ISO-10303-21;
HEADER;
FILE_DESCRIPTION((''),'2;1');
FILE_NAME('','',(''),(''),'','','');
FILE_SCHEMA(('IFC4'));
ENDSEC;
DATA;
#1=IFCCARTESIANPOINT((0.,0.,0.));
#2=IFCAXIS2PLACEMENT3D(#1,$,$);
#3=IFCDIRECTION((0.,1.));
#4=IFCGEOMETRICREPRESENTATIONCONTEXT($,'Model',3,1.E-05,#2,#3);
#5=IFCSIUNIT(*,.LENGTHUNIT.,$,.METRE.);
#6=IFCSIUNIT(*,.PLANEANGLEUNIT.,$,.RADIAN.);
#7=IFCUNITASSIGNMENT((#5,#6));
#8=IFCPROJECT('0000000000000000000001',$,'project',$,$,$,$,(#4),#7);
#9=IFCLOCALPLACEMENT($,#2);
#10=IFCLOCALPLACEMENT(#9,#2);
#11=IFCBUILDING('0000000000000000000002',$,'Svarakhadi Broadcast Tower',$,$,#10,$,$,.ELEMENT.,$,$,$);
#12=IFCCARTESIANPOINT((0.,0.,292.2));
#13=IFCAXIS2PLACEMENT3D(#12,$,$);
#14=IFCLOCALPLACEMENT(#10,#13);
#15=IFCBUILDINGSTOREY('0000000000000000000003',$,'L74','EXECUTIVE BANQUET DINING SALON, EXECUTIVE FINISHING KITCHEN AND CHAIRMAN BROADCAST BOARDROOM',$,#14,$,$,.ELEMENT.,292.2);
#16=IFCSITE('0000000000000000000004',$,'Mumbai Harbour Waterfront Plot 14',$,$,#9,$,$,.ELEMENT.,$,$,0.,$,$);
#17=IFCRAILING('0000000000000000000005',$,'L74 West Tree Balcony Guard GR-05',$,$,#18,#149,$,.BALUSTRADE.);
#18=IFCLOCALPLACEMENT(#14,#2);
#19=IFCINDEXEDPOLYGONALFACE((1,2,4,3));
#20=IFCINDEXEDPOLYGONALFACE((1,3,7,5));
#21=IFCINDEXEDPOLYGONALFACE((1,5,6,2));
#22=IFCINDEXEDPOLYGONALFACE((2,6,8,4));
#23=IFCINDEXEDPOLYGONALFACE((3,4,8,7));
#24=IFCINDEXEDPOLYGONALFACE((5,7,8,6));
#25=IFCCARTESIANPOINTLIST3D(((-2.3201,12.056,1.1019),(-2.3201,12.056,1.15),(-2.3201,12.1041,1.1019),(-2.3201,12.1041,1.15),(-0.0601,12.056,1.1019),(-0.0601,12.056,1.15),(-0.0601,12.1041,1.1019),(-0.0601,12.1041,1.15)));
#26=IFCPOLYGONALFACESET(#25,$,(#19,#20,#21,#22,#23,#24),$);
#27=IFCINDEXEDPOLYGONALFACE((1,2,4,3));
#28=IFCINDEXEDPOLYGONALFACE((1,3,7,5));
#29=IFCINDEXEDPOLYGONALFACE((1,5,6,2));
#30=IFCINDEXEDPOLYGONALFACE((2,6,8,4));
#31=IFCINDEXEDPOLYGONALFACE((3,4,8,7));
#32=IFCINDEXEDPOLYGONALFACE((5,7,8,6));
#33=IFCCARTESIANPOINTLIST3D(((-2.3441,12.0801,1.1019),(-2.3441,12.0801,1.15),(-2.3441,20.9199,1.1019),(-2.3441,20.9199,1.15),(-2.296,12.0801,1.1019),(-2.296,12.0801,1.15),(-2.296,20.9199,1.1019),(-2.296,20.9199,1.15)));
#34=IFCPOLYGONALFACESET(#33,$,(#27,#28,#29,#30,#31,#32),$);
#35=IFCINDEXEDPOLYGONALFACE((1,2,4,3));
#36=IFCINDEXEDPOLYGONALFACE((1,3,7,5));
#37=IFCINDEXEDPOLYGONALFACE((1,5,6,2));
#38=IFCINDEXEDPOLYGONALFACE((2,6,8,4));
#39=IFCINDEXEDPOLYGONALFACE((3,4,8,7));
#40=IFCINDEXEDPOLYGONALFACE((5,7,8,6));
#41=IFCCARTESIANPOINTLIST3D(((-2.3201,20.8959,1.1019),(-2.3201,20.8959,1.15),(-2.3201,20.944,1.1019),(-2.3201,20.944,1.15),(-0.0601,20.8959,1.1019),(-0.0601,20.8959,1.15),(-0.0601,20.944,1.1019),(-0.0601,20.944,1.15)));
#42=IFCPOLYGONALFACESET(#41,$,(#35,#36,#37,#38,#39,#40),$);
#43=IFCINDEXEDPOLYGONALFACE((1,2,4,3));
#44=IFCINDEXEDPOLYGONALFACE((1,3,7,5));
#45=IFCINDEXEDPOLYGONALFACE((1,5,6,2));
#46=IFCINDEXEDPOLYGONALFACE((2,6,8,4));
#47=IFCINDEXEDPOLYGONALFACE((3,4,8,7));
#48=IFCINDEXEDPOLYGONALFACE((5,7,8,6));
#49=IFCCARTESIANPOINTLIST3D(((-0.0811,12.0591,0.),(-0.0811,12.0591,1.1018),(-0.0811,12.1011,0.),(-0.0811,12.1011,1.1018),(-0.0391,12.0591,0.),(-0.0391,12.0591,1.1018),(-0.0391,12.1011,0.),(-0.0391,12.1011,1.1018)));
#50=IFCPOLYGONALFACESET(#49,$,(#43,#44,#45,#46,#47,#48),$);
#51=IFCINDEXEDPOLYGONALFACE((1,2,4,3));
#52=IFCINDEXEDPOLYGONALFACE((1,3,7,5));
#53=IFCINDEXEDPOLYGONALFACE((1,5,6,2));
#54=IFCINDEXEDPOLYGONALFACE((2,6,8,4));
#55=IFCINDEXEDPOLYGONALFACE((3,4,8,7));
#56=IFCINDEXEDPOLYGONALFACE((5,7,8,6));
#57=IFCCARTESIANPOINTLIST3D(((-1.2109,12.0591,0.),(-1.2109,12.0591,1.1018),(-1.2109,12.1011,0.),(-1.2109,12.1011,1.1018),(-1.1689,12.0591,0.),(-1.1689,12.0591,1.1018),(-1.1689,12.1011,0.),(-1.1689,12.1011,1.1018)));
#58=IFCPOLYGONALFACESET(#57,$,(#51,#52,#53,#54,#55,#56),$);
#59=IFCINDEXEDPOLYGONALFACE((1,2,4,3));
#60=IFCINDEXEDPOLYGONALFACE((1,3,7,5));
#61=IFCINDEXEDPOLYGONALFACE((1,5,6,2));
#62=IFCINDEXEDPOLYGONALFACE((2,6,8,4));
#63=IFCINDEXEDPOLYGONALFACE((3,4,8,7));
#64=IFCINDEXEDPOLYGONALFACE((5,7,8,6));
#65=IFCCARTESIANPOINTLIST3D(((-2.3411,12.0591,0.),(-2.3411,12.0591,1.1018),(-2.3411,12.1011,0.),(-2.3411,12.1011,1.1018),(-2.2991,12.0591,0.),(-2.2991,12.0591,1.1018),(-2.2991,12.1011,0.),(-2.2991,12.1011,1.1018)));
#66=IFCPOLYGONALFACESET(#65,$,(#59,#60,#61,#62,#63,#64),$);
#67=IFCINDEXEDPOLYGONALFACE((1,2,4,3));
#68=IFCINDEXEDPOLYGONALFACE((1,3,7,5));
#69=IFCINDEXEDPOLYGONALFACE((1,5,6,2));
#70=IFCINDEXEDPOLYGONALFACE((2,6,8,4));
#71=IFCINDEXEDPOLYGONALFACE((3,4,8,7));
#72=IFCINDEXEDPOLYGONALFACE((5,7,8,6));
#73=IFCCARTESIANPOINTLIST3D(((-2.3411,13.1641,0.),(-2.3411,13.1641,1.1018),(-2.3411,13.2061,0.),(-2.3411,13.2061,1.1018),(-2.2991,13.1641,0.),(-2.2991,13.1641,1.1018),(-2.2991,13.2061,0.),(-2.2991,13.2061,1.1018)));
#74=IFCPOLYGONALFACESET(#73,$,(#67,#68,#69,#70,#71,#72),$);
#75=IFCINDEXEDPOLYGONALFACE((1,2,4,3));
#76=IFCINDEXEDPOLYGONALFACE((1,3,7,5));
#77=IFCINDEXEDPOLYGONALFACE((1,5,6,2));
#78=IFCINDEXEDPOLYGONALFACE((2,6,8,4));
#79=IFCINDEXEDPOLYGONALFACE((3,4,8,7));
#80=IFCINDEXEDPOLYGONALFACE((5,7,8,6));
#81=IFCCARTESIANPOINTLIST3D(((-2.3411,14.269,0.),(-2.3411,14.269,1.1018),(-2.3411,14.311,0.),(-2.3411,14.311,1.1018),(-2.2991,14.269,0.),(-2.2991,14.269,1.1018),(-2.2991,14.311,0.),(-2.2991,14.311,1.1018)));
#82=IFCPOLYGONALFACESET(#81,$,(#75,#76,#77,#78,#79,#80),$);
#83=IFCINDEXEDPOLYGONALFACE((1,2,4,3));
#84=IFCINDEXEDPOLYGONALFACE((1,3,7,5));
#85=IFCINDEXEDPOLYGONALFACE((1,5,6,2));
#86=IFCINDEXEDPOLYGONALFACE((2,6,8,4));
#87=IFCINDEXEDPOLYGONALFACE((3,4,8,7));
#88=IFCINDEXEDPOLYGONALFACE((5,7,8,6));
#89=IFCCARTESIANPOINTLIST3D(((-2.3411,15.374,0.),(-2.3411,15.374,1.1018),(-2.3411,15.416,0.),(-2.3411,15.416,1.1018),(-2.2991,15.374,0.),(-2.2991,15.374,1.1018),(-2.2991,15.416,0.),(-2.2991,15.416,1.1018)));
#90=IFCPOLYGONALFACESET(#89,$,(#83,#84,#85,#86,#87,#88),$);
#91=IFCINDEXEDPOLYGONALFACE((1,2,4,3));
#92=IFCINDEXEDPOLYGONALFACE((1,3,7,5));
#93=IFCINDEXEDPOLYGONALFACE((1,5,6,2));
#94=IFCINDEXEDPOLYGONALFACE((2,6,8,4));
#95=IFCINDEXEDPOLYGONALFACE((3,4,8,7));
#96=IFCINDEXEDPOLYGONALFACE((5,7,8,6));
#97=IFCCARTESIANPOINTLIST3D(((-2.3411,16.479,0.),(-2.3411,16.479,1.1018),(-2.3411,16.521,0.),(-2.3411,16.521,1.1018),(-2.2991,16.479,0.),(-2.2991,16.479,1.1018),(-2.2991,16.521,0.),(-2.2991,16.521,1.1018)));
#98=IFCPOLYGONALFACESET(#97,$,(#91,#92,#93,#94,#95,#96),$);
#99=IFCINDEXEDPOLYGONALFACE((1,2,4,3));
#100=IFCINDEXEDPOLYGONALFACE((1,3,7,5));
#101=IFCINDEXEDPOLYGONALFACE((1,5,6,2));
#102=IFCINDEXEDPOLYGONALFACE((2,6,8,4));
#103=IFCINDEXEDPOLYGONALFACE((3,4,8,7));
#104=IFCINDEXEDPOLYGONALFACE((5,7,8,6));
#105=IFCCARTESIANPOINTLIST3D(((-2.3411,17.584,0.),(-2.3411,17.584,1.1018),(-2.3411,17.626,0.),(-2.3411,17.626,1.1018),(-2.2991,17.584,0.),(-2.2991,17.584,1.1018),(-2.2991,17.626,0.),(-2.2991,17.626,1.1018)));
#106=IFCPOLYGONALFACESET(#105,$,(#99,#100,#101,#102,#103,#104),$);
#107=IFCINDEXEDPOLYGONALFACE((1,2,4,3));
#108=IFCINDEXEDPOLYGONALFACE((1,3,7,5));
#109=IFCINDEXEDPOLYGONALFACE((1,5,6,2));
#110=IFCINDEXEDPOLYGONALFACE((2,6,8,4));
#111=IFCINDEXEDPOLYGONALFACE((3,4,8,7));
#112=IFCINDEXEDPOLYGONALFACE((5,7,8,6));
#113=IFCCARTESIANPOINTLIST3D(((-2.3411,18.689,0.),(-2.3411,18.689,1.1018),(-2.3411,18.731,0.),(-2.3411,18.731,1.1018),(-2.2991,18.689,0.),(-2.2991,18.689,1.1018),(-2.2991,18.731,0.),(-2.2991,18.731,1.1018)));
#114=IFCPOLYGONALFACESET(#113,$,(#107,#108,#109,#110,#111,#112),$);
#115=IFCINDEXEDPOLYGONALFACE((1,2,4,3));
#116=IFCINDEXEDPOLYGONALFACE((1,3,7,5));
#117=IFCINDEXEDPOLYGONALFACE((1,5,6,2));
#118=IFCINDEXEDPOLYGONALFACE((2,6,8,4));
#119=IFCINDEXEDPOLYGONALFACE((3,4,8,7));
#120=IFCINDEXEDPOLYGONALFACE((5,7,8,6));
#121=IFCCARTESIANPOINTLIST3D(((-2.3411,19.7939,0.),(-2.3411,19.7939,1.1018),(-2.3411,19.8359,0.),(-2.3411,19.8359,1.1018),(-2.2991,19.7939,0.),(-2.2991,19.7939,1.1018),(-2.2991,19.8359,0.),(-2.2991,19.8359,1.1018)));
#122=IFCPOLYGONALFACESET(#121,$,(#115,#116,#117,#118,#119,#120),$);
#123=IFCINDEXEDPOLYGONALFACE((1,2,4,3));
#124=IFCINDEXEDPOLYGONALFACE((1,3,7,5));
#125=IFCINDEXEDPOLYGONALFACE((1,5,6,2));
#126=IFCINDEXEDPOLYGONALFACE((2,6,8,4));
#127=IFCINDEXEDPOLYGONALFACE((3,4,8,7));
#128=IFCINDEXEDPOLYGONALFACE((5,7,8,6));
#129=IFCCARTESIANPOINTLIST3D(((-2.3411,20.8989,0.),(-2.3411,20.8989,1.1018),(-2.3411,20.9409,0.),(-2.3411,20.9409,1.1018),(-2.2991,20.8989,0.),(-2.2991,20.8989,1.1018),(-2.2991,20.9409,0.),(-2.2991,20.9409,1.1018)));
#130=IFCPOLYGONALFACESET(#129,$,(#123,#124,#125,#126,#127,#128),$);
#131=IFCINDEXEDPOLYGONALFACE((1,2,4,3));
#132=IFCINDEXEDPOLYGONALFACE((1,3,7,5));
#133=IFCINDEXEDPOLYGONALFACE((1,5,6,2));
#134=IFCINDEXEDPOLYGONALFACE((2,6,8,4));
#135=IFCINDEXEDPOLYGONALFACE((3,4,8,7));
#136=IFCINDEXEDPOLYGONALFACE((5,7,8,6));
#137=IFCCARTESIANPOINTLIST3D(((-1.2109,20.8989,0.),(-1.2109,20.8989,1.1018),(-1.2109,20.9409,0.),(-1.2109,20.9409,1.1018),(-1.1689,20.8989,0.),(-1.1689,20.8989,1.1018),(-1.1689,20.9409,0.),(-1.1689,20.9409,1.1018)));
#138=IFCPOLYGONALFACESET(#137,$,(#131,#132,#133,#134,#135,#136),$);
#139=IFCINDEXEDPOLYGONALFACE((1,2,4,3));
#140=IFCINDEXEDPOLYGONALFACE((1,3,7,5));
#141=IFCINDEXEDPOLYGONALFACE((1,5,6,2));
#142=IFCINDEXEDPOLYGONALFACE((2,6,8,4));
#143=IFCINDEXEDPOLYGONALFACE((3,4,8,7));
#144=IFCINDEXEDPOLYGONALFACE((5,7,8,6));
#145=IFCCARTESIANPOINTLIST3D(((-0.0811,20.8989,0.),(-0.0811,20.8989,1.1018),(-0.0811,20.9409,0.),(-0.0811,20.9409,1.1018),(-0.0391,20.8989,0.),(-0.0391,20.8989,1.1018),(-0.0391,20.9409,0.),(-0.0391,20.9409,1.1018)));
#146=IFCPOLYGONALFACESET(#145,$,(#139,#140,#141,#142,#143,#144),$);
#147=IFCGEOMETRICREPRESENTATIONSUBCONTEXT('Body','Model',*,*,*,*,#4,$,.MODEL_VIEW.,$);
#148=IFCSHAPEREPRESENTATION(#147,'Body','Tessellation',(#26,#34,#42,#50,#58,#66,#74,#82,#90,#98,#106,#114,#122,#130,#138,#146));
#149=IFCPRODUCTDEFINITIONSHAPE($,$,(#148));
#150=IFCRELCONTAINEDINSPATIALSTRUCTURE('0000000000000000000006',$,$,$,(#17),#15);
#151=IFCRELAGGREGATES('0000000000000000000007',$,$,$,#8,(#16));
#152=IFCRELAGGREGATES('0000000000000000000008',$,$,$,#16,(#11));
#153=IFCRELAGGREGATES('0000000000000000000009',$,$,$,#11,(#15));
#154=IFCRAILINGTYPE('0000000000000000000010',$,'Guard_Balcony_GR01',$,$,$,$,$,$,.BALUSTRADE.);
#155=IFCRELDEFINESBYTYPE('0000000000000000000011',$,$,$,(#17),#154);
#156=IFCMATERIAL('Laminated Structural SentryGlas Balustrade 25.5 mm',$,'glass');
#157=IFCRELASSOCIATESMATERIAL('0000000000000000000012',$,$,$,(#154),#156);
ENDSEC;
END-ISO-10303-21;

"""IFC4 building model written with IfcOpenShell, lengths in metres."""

from ifc_helpers import new_model, si_unit, direction, frame, origin, origin_2d, place, context, subcontext, project, spatial, rectangle, extrude, material, type_object, element, save


model = new_model("IFC4")

# Units and contexts
model_context = context("Model", 3, precision=1e-05, world=origin(), true_north=direction((0.0, 1.0)))
body_context = subcontext(model_context, "Body", "Model", "MODEL_VIEW")
ifc_project = project(units=[si_unit("LENGTHUNIT", "METRE"), si_unit("PLANEANGLEUNIT", "RADIAN")], contexts=[model_context])

# Site, building, storey
site_placement = place(None, origin())
site = spatial("IfcSite", under=ifc_project, at=site_placement, Name="Mumbai Harbour Waterfront Plot 14", CompositionType="ELEMENT", RefElevation=0.0)
building_placement = place(site_placement, origin())
building = spatial("IfcBuilding", under=site, at=building_placement, Name="Svarakhadi Broadcast Tower", CompositionType="ELEMENT")
storey_placement = place(building_placement, frame((0.0, 0.0, 292.2)))
storey = spatial("IfcBuildingStorey", under=building, at=storey_placement, Name="L74", Description="EXECUTIVE BANQUET DINING SALON, EXECUTIVE FINISHING KITCHEN AND CHAIRMAN BROADCAST BOARDROOM", CompositionType="ELEMENT", Elevation=292.2)

# Railing
ifc_material_1 = material(Name="Laminated Structural SentryGlas Balustrade 25.5 mm", Category="glass")
railing_type = type_object("IfcRailingType", Name="Guard_Balcony_GR01", PredefinedType="BALUSTRADE", material=ifc_material_1)
railing_placement = place(storey_placement, frame((-0.0601, 12.0801, 0.0)))
element("IfcRailing", 1, at=railing_placement, inside=storey, type_object=railing_type, Name="L74 West Tree Balcony Guard GR-05", PredefinedType="BALUSTRADE", context=body_context, shape_type="SweptSolid", body=[
    extrude(rectangle(XDim=0.0481, YDim=0.0481, at=origin_2d()), frame((0.0, 0.0, 1.126), z_axis=(-1.0, 0.0, 0.0), x_axis=(0.0, -1.0, 0.0)), (0.0, 0.0, 1.0), 2.26),
    extrude(rectangle(XDim=0.0481, YDim=0.0481, at=origin_2d()), frame((-2.26, 0.0, 1.126), z_axis=(0.0, 1.0, 0.0), x_axis=(-1.0, 0.0, 0.0)), (0.0, 0.0, 1.0), 8.8398),
    extrude(rectangle(XDim=0.0481, YDim=0.0481, at=origin_2d()), frame((-2.26, 8.8398, 1.126), z_axis=(1.0, 0.0, 0.0), x_axis=(0.0, 1.0, 0.0)), (0.0, 0.0, 1.0), 2.26),
    extrude(rectangle(XDim=0.042, YDim=0.042, at=origin_2d()), origin(), (0.0, 0.0, 1.0), 1.1018),
    extrude(rectangle(XDim=0.042, YDim=0.042, at=origin_2d()), frame((-1.1299, 0.0, 0.0)), (0.0, 0.0, 1.0), 1.1018),
    extrude(rectangle(XDim=0.042, YDim=0.042, at=origin_2d()), frame((-2.26, 0.0, 0.0)), (0.0, 0.0, 1.0), 1.1018),
    extrude(rectangle(XDim=0.042, YDim=0.042, at=origin_2d()), frame((-2.26, 1.105, 0.0)), (0.0, 0.0, 1.0), 1.1018),
    extrude(rectangle(XDim=0.042, YDim=0.042, at=origin_2d()), frame((-2.26, 2.21, 0.0)), (0.0, 0.0, 1.0), 1.1018),
    extrude(rectangle(XDim=0.042, YDim=0.042, at=origin_2d()), frame((-2.26, 3.3149, 0.0)), (0.0, 0.0, 1.0), 1.1018),
    extrude(rectangle(XDim=0.042, YDim=0.042, at=origin_2d()), frame((-2.26, 4.4199, 0.0)), (0.0, 0.0, 1.0), 1.1018),
    extrude(rectangle(XDim=0.042, YDim=0.042, at=origin_2d()), frame((-2.26, 5.5249, 0.0)), (0.0, 0.0, 1.0), 1.1018),
    extrude(rectangle(XDim=0.042, YDim=0.042, at=origin_2d()), frame((-2.26, 6.6299, 0.0)), (0.0, 0.0, 1.0), 1.1018),
    extrude(rectangle(XDim=0.042, YDim=0.042, at=origin_2d()), frame((-2.26, 7.7349, 0.0)), (0.0, 0.0, 1.0), 1.1018),
    extrude(rectangle(XDim=0.042, YDim=0.042, at=origin_2d()), frame((-2.26, 8.8398, 0.0)), (0.0, 0.0, 1.0), 1.1018),
    extrude(rectangle(XDim=0.042, YDim=0.042, at=origin_2d()), frame((-1.1299, 8.8398, 0.0)), (0.0, 0.0, 1.0), 1.1018),
    extrude(rectangle(XDim=0.042, YDim=0.042, at=origin_2d()), frame((0.0, 8.8398, 0.0)), (0.0, 0.0, 1.0), 1.1018),
])

save(model, "model.ifc")
